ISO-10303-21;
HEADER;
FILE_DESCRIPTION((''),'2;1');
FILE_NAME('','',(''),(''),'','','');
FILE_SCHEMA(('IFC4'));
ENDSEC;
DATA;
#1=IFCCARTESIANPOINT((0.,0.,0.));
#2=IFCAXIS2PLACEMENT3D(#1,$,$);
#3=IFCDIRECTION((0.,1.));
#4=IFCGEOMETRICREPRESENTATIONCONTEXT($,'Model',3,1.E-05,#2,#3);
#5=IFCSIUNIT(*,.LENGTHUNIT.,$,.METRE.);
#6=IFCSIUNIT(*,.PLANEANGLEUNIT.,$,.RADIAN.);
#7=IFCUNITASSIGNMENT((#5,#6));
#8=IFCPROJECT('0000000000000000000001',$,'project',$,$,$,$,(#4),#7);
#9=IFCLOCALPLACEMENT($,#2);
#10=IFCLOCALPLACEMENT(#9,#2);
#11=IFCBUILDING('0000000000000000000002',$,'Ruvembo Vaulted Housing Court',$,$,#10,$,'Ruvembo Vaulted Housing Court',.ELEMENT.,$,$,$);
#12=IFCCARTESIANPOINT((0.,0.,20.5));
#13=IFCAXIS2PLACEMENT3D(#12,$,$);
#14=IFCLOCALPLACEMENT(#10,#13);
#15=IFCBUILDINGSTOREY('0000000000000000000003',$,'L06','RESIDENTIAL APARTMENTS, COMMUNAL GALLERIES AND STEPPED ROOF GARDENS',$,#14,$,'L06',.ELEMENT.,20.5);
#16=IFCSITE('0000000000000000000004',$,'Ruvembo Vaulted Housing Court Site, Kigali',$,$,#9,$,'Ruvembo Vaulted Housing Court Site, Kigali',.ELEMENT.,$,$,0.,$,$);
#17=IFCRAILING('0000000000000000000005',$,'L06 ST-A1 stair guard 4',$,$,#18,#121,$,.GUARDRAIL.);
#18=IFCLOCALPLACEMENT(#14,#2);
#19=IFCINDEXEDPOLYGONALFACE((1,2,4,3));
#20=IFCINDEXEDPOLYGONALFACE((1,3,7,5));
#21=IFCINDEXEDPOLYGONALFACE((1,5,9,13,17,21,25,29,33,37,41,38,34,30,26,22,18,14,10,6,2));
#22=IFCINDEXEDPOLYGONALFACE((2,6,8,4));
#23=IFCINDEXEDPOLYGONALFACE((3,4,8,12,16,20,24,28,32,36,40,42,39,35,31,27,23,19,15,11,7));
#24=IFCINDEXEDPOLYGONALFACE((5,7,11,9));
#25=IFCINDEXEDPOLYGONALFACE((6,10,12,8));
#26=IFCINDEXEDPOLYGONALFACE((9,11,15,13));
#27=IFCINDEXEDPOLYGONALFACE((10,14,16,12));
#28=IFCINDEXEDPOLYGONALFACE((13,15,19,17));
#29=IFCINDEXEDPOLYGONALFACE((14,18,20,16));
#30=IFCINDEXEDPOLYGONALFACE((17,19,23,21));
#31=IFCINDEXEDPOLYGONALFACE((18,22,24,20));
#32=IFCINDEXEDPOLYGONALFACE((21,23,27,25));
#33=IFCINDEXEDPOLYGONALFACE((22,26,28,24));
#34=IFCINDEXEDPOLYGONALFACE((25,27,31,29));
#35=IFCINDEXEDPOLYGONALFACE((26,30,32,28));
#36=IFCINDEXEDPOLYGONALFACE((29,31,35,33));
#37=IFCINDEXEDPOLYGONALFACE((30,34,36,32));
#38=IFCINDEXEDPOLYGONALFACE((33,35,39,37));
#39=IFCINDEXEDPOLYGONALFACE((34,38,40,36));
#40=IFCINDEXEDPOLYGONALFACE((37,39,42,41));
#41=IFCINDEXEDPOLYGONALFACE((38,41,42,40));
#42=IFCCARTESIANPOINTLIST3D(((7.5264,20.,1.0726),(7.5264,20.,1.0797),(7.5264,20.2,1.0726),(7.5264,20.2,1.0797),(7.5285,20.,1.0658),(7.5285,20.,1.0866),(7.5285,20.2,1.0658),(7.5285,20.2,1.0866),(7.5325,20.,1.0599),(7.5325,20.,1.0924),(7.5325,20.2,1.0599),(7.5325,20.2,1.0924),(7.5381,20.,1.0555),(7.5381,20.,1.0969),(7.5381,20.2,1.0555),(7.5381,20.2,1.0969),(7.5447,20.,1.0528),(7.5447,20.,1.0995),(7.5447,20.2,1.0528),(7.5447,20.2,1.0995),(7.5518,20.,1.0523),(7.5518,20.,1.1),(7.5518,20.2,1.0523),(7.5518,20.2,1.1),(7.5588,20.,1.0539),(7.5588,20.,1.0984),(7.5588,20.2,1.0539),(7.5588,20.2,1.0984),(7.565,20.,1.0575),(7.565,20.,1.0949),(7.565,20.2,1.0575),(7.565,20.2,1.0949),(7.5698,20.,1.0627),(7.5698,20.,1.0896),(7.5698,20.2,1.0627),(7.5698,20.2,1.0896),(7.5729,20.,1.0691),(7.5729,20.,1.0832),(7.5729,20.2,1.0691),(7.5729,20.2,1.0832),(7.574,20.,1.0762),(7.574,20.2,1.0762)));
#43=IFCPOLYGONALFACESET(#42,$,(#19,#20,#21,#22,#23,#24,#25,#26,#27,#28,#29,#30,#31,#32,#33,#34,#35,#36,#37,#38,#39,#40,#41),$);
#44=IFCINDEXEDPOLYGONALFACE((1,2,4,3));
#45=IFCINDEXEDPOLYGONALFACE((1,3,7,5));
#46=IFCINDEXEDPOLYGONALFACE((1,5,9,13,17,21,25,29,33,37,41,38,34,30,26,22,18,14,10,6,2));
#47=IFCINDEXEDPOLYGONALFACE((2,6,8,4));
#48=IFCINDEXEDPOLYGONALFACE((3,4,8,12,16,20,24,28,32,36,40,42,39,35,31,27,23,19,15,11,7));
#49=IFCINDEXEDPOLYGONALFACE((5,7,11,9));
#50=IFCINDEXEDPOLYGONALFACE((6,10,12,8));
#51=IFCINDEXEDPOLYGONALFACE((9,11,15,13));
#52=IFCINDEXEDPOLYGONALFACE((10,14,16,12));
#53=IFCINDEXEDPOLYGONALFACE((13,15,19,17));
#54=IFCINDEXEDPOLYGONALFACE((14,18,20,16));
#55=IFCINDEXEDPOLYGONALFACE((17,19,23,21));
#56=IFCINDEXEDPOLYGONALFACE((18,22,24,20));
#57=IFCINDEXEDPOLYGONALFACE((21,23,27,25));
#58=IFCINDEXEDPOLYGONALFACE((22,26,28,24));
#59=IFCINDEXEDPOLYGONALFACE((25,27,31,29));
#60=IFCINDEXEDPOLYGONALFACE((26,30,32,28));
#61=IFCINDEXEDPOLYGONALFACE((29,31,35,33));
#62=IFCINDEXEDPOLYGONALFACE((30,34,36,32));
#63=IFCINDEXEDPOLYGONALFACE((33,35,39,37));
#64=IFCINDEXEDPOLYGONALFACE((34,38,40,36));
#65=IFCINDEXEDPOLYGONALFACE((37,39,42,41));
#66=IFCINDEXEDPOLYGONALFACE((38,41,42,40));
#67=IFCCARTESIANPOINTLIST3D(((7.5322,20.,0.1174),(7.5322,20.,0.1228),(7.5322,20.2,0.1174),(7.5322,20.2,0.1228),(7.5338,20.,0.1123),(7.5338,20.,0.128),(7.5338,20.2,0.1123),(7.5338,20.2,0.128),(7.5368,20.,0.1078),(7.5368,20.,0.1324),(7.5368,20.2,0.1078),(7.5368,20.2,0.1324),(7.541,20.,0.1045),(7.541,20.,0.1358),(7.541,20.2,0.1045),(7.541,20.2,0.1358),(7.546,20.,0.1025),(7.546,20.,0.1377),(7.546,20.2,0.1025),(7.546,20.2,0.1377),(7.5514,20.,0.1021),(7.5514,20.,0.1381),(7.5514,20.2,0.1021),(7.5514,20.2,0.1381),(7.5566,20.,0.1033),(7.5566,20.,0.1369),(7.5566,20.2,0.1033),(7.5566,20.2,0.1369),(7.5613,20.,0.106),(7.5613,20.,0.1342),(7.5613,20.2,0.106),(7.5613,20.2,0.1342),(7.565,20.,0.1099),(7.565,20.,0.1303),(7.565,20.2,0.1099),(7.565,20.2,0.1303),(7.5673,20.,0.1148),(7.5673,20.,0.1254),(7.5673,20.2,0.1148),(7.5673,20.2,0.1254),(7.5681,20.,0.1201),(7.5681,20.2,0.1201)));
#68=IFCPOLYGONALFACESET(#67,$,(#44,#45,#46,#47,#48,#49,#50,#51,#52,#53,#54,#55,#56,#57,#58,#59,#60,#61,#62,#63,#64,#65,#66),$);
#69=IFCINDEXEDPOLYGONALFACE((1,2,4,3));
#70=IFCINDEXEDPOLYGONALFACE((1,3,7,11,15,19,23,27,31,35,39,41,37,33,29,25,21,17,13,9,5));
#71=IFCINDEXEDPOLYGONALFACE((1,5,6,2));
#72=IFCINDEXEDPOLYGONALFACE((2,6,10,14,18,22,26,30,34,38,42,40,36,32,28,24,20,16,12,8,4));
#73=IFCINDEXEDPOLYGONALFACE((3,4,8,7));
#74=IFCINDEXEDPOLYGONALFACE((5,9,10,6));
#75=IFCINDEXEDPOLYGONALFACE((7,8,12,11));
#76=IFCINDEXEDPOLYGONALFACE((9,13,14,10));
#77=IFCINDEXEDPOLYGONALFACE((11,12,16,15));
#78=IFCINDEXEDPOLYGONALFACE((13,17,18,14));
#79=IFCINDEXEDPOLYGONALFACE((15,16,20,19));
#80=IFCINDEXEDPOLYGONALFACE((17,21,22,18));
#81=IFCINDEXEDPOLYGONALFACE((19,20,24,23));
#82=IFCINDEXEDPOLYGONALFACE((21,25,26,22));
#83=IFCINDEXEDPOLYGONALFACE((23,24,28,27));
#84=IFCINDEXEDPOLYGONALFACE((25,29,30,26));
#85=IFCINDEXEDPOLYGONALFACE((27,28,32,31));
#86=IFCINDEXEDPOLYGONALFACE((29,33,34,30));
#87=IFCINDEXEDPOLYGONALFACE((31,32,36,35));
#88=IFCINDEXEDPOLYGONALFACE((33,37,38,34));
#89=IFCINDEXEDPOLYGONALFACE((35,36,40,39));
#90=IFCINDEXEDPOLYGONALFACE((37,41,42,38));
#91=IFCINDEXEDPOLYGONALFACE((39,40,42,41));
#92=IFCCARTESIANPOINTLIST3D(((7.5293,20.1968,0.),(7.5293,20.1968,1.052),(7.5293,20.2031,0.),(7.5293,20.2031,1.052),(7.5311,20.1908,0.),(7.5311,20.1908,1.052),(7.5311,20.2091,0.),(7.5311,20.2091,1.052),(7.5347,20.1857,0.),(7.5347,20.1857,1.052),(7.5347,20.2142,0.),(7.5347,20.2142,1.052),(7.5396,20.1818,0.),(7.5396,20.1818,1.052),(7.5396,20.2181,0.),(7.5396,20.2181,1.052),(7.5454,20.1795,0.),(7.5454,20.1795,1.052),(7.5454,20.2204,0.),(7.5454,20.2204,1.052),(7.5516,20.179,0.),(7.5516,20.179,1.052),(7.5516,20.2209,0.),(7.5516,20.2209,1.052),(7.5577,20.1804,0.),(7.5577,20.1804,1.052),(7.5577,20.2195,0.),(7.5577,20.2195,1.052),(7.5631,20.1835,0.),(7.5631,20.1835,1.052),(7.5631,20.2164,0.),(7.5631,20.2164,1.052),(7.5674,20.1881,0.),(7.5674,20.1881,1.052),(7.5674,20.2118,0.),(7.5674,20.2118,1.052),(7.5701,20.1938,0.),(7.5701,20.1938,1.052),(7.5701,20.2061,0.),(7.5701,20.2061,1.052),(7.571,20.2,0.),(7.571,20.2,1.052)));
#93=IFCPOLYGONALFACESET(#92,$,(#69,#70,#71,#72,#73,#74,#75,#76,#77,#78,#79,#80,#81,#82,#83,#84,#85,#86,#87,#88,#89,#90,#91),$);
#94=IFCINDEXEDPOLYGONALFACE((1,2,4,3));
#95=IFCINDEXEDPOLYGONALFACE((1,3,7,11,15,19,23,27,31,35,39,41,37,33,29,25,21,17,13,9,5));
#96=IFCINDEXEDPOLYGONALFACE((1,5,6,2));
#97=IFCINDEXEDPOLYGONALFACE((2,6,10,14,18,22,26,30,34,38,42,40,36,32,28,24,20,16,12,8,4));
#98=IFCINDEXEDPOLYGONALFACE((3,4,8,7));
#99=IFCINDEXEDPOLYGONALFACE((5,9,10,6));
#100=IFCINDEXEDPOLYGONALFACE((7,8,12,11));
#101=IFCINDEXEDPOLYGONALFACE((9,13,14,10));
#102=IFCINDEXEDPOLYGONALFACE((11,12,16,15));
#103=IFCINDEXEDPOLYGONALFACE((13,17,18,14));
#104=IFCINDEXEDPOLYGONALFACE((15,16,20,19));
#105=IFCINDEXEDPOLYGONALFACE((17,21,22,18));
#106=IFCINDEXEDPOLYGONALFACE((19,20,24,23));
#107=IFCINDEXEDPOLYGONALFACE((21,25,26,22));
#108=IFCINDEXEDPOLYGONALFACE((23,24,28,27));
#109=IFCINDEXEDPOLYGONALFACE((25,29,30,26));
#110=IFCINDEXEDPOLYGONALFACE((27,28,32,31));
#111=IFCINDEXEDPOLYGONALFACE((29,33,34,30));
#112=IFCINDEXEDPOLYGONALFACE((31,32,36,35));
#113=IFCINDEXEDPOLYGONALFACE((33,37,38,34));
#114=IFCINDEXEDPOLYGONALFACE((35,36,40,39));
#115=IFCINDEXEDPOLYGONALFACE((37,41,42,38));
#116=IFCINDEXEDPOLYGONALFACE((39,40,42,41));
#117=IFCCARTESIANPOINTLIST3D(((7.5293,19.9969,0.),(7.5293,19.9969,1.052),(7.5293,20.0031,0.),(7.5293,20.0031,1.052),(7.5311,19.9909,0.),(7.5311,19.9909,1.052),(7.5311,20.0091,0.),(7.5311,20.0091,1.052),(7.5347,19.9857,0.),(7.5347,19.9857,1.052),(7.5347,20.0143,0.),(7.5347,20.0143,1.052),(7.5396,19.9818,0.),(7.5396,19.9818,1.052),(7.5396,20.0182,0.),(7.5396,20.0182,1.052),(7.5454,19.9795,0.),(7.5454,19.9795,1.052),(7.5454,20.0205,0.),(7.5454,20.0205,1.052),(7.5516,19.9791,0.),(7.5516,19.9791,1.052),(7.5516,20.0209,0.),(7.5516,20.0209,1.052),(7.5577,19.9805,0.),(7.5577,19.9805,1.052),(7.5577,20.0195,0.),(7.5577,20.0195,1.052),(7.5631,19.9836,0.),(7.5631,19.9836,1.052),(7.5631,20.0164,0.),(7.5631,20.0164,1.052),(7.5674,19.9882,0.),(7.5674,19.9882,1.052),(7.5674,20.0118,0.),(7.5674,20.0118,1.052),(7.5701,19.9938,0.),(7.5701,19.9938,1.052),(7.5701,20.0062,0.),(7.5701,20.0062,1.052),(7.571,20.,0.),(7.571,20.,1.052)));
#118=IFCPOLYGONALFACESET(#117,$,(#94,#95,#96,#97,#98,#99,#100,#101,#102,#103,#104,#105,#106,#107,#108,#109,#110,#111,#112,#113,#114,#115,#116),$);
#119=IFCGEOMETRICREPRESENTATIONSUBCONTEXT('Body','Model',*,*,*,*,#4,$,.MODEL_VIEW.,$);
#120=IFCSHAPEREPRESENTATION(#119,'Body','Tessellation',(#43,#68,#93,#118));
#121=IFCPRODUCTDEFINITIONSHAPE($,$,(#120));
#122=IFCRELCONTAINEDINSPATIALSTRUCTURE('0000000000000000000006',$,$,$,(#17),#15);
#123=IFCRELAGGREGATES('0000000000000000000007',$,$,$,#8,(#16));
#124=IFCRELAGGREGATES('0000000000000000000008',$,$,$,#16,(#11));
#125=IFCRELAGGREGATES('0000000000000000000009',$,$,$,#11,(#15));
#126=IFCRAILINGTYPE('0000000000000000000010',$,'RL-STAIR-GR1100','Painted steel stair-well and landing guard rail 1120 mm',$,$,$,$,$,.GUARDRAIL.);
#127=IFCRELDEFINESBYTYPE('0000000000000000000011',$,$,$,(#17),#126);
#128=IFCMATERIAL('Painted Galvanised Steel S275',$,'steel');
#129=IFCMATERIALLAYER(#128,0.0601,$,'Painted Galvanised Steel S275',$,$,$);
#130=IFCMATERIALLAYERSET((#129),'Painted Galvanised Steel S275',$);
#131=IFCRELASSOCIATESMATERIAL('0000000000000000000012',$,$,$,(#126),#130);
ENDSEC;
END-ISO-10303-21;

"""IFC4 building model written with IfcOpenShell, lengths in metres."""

from ifc_helpers import new_model, si_unit, direction, frame, origin, origin_2d, place, context, subcontext, project, spatial, circle, extrude, material, layer, layer_set, type_object, element, save


model = new_model("IFC4")

# Units and contexts
model_context = context("Model", 3, precision=1e-05, world=origin(), true_north=direction((0.0, 1.0)))
body_context = subcontext(model_context, "Body", "Model", "MODEL_VIEW")
ifc_project = project(units=[si_unit("LENGTHUNIT", "METRE"), si_unit("PLANEANGLEUNIT", "RADIAN")], contexts=[model_context])

# Site, building, storey
site_placement = place(None, origin())
site = spatial("IfcSite", under=ifc_project, at=site_placement, Name="Ruvembo Vaulted Housing Court Site, Kigali", LongName="Ruvembo Vaulted Housing Court Site, Kigali", CompositionType="ELEMENT", RefElevation=0.0)
building_placement = place(site_placement, origin())
building = spatial("IfcBuilding", under=site, at=building_placement, Name="Ruvembo Vaulted Housing Court", LongName="Ruvembo Vaulted Housing Court", CompositionType="ELEMENT")
storey_placement = place(building_placement, frame((0.0, 0.0, 20.5)))
storey = spatial("IfcBuildingStorey", under=building, at=storey_placement, Name="L06", Description="RESIDENTIAL APARTMENTS, COMMUNAL GALLERIES AND STEPPED ROOF GARDENS", LongName="L06", CompositionType="ELEMENT", Elevation=20.5)

# Railing
ifc_material_1 = material(Name="Painted Galvanised Steel S275", Category="steel")
ifc_layer_1 = layer(ifc_material_1, 0.0601, Name="Painted Galvanised Steel S275")
ifc_layer_set_1 = layer_set([ifc_layer_1], Name="Painted Galvanised Steel S275")
railing_type_1 = type_object("IfcRailingType", Name="RL-STAIR-GR1100", Description="Painted steel stair-well and landing guard rail 1120 mm", PredefinedType="GUARDRAIL", material=ifc_layer_set_1)
railing_1_placement = place(storey_placement, frame((7.55, 20.2, 0.0)))
element("IfcRailing", 1, at=railing_1_placement, inside=storey, type_object=railing_type_1, Name="L06 ST-A1 stair guard 4", PredefinedType="GUARDRAIL", context=body_context, shape_type="SweptSolid", body=[
    extrude(circle(Radius=0.0239, at=origin_2d()), frame((0.0, 0.0, 1.0762), z_axis=(0.0, -1.0, 0.0), x_axis=(1.0, 0.0, 0.0)), (0.0, 0.0, 1.0), 0.2),
    extrude(circle(Radius=0.0181, at=origin_2d()), frame((0.0, 0.0, 0.1201), z_axis=(0.0, -1.0, 0.0), x_axis=(1.0, 0.0, 0.0)), (0.0, 0.0, 1.0), 0.2),
    extrude(circle(Radius=0.021, at=origin_2d()), origin(), (0.0, 0.0, 1.0), 1.052),
    extrude(circle(Radius=0.021, at=origin_2d()), frame((0.0, -0.2, 0.0)), (0.0, 0.0, 1.0), 1.052),
])

save(model, "model.ifc")
